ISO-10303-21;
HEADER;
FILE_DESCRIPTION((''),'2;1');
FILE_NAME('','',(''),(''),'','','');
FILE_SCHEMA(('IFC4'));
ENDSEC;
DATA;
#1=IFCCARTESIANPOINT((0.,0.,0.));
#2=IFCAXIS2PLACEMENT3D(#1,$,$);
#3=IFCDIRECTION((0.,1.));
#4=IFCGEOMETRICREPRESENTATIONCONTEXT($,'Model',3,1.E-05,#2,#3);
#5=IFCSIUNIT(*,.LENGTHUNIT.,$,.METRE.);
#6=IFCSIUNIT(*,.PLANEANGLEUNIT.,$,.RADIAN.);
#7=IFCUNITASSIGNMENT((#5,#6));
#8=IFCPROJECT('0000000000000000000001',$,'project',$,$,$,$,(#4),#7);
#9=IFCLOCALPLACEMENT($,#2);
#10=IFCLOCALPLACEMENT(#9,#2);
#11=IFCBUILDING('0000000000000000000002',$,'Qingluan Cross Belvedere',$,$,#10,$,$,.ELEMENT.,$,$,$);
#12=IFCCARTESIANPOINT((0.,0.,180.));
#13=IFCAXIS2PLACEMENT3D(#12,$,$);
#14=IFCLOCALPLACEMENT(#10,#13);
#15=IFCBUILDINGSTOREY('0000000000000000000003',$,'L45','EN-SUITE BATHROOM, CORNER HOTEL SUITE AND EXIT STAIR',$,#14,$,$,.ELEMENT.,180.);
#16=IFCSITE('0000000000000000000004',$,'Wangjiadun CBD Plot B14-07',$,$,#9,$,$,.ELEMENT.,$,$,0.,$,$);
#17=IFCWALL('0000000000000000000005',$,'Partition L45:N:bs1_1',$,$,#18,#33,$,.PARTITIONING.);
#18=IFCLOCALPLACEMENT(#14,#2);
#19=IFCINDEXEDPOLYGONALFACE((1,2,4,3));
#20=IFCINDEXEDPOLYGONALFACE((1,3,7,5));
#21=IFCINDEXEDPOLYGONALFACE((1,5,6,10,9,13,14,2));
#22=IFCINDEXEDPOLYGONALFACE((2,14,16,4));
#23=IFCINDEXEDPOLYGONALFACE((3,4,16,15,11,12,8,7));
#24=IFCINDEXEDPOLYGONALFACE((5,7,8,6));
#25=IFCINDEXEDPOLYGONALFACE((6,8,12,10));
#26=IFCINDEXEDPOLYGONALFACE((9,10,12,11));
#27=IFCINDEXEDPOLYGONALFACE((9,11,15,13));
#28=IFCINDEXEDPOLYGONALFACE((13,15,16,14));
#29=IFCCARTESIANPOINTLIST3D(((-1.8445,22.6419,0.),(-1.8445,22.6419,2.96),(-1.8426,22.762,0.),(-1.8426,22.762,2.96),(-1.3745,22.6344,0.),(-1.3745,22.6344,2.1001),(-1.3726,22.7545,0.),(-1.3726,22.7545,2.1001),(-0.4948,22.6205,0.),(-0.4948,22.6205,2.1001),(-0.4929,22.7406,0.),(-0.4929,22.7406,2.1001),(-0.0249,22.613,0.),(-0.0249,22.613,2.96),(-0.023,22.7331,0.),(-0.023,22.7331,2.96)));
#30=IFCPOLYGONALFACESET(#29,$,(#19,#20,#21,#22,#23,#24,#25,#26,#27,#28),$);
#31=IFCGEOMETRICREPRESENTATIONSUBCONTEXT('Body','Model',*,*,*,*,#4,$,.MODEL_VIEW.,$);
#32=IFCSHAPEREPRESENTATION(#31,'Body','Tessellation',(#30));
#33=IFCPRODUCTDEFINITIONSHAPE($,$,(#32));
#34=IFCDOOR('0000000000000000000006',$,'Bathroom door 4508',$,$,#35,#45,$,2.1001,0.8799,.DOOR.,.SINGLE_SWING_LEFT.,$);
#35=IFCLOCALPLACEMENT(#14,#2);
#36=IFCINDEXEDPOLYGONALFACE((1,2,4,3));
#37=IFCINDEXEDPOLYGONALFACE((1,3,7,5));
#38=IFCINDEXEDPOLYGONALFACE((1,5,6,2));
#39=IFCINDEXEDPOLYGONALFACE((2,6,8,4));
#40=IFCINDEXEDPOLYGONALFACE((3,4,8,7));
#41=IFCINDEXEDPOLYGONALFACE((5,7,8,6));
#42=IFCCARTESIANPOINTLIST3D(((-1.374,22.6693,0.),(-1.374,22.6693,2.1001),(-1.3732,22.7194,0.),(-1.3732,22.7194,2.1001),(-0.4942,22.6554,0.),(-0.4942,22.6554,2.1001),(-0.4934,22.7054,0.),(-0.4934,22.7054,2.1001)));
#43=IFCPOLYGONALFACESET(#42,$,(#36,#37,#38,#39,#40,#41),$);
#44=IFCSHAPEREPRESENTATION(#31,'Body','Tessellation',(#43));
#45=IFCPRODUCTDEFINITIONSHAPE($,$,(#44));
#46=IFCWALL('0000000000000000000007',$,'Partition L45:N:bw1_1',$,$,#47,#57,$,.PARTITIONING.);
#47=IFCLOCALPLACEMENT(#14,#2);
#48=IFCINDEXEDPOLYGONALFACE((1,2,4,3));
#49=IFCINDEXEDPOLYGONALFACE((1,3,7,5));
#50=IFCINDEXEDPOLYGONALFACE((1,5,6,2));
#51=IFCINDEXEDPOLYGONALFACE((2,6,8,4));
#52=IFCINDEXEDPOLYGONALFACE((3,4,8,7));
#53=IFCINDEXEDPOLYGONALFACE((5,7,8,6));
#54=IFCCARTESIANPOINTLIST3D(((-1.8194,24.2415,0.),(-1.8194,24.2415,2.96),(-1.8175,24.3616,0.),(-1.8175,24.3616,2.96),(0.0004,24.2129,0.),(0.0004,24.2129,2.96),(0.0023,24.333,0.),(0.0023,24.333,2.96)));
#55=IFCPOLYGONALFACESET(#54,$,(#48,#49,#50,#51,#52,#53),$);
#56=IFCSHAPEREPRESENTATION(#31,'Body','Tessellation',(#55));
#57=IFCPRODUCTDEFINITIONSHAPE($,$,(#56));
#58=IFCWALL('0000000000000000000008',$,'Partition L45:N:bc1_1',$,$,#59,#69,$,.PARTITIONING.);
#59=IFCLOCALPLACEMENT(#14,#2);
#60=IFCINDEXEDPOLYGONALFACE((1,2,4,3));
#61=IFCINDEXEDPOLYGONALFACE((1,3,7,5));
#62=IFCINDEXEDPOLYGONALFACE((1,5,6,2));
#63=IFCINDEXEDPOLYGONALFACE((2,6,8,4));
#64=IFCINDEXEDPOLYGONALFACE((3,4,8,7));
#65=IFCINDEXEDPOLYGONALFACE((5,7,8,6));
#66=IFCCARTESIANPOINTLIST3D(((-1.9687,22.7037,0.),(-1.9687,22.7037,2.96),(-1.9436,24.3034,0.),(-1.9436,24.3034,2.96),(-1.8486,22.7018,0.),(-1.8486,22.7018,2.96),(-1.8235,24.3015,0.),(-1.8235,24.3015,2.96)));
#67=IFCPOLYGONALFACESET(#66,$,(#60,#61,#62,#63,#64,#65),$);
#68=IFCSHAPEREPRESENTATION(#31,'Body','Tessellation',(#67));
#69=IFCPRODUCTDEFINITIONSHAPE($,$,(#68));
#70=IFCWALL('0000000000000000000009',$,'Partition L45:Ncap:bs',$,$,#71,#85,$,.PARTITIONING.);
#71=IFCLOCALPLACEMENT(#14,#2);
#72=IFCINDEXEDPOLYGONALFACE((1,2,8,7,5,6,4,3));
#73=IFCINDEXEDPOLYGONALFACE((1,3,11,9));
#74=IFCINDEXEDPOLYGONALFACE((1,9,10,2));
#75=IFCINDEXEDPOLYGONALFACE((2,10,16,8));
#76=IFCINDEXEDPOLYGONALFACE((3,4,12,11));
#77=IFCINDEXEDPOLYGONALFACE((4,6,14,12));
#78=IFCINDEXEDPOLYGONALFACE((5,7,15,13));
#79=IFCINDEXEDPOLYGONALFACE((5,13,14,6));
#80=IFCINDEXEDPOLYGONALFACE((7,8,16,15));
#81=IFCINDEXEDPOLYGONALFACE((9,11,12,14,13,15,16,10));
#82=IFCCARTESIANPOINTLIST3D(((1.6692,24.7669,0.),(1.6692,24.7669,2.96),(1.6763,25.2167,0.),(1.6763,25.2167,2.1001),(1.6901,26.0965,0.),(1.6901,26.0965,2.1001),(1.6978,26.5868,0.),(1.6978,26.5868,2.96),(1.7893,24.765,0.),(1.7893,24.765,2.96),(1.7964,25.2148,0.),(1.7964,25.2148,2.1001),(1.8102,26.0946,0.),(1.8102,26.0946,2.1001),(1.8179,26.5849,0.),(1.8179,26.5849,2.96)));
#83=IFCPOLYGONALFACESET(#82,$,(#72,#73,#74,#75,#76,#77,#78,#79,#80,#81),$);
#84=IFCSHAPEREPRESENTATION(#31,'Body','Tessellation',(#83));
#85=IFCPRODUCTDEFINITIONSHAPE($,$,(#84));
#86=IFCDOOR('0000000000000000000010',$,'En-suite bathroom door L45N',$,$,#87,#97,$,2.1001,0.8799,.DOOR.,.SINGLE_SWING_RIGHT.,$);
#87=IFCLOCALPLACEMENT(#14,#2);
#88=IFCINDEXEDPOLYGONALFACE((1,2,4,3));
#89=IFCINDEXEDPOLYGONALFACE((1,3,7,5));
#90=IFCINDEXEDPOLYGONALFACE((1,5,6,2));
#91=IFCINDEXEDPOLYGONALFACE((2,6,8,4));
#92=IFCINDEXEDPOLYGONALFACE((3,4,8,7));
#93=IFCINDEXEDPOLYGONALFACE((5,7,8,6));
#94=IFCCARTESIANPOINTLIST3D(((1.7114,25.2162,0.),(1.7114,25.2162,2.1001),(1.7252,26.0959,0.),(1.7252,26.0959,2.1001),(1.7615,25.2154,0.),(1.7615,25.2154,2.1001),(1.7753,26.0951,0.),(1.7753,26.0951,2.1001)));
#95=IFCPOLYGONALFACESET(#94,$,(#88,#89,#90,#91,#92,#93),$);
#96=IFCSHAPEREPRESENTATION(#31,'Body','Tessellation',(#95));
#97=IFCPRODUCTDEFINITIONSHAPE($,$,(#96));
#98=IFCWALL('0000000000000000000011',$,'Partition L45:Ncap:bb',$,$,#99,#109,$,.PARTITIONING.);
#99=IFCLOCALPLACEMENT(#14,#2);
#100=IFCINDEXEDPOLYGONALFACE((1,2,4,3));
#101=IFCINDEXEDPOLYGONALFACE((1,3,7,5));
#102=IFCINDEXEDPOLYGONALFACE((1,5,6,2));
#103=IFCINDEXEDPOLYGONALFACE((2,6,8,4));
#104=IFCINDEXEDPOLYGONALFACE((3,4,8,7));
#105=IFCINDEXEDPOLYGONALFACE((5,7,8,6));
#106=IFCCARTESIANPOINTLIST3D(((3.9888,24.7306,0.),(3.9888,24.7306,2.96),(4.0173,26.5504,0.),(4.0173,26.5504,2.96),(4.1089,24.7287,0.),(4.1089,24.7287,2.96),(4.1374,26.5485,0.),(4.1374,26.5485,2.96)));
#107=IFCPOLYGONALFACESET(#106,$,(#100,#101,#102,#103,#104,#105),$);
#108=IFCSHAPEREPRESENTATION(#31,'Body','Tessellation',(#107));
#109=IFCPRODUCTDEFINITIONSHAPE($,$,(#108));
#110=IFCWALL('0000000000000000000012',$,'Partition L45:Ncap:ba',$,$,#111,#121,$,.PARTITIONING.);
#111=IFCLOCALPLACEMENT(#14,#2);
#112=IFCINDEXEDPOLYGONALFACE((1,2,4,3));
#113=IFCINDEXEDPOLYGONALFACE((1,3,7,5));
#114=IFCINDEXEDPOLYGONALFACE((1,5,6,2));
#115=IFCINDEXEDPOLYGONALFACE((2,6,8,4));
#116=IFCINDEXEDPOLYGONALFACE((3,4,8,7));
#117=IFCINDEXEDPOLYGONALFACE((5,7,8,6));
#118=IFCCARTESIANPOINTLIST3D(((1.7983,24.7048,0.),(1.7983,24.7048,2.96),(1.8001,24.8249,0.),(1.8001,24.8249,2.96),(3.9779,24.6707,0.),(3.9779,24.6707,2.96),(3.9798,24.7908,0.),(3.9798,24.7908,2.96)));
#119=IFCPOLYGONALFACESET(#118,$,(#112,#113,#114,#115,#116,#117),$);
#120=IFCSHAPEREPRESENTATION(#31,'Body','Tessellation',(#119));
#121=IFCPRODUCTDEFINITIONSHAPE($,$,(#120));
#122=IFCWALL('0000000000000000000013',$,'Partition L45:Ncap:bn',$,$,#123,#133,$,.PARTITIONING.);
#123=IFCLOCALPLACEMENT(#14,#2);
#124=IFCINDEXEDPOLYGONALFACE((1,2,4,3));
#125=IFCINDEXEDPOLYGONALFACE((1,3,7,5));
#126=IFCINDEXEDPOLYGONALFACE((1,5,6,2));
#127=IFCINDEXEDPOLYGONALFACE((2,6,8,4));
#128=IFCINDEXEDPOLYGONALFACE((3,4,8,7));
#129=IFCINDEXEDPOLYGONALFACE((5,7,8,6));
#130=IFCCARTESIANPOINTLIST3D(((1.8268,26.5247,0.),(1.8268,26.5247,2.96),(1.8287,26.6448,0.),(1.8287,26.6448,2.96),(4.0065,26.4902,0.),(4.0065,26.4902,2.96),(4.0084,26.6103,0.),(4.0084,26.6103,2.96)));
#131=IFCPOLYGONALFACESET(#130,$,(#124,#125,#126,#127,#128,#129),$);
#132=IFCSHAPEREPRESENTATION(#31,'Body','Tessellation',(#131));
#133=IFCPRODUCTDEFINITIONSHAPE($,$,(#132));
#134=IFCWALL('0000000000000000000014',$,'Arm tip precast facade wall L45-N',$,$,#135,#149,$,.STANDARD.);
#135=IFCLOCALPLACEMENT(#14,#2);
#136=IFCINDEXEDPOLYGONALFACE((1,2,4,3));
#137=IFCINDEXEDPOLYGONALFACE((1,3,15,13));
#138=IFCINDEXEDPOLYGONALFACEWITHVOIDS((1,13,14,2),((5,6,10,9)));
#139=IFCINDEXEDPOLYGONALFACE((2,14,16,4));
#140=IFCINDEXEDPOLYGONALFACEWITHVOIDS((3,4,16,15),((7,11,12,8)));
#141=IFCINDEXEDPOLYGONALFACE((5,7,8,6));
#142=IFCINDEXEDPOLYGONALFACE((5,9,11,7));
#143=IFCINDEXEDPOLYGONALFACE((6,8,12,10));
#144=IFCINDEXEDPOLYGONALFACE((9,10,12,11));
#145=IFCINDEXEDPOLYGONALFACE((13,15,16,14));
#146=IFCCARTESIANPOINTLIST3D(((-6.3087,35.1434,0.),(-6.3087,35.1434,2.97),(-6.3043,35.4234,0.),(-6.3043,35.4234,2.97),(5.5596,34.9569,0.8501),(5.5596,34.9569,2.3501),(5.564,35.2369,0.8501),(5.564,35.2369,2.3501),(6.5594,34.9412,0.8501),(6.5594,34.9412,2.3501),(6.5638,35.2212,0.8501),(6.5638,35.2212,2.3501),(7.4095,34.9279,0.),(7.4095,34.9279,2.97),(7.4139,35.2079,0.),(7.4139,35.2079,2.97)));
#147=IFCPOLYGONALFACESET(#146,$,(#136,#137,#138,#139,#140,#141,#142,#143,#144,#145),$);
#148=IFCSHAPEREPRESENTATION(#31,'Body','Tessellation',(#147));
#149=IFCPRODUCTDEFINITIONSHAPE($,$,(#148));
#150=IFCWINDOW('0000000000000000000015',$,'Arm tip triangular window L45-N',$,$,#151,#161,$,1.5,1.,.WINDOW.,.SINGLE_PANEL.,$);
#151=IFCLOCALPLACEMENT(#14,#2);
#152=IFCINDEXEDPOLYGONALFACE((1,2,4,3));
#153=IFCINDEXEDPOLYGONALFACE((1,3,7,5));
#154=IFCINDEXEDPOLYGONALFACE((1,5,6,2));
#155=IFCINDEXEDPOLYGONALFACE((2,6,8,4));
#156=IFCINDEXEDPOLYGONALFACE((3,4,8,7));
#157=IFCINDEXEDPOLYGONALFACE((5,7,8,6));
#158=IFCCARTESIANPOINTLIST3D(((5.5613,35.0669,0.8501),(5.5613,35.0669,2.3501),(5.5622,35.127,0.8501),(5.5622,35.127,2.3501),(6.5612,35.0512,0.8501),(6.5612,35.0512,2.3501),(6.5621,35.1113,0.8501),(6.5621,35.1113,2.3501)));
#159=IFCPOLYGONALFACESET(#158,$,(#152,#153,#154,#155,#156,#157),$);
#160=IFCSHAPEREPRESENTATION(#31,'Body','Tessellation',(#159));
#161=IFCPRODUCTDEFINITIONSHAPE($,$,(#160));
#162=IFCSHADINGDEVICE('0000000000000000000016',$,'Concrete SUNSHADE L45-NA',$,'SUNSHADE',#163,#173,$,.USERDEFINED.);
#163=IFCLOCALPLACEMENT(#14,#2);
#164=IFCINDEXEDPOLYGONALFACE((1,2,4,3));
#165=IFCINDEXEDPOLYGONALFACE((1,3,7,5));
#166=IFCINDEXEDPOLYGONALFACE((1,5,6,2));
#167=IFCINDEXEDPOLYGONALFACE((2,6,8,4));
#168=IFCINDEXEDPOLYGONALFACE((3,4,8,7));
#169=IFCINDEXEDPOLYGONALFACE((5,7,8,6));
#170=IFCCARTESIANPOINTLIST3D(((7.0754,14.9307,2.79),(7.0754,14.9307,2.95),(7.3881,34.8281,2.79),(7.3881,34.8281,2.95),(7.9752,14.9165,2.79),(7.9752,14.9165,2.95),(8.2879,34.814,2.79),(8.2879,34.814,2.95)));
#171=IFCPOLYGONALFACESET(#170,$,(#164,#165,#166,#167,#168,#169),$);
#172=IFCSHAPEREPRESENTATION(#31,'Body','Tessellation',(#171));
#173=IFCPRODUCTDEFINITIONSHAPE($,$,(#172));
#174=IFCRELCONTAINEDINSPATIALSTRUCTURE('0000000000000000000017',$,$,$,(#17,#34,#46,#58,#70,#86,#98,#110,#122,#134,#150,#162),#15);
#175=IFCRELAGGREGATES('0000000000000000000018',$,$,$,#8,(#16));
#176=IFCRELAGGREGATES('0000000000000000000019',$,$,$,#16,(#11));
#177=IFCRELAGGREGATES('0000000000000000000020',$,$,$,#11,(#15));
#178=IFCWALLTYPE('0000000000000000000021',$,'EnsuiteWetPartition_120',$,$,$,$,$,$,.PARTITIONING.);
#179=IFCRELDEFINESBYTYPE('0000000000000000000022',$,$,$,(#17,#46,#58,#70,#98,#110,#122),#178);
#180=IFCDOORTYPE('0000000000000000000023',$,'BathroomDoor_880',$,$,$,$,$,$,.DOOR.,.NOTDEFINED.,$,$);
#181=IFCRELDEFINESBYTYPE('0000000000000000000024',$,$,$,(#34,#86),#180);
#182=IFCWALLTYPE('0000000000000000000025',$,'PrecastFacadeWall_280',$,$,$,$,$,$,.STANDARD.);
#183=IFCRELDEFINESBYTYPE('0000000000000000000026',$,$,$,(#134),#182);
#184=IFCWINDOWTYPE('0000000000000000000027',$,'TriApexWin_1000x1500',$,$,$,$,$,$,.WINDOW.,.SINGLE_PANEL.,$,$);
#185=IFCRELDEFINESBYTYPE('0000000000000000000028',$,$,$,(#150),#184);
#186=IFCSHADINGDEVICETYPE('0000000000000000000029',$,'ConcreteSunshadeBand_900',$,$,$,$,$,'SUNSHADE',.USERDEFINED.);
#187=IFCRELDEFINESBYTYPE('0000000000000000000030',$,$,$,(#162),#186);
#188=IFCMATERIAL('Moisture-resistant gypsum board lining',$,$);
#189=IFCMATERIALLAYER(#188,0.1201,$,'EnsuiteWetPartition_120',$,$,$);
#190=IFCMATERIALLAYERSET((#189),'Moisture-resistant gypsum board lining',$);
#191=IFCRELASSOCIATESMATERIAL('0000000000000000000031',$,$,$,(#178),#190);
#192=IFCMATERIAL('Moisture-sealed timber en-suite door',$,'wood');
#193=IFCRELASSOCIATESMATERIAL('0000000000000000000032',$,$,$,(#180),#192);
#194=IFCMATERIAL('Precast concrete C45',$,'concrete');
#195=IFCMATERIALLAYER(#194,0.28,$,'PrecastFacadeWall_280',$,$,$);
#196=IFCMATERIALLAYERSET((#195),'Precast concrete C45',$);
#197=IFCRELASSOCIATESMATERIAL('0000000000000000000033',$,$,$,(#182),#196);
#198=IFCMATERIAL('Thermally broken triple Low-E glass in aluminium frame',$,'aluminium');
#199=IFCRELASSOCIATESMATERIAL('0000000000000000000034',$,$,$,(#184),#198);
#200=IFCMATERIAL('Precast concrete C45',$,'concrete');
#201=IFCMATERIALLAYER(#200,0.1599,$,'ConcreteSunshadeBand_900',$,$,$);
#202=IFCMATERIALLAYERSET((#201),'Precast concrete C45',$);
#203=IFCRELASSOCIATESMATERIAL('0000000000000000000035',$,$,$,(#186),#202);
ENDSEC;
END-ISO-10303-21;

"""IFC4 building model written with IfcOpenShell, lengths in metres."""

from ifc_helpers import new_model, si_unit, direction, frame, frame_2d, origin, origin_2d, place, context, subcontext, project, spatial, rectangle, extrude, material, layer, layer_set, type_object, element, fill, save


model = new_model("IFC4")

# Units and contexts
model_context = context("Model", 3, precision=1e-05, world=origin(), true_north=direction((0.0, 1.0)))
body_context = subcontext(model_context, "Body", "Model", "MODEL_VIEW")
ifc_project = project(units=[si_unit("LENGTHUNIT", "METRE"), si_unit("PLANEANGLEUNIT", "RADIAN")], contexts=[model_context])

# Site, building, storey
site_placement = place(None, origin())
site = spatial("IfcSite", under=ifc_project, at=site_placement, Name="Wangjiadun CBD Plot B14-07", CompositionType="ELEMENT", RefElevation=0.0)
building_placement = place(site_placement, origin())
building = spatial("IfcBuilding", under=site, at=building_placement, Name="Qingluan Cross Belvedere", CompositionType="ELEMENT")
storey_placement = place(building_placement, frame((0.0, 0.0, 180.0)))
storey = spatial("IfcBuildingStorey", under=building, at=storey_placement, Name="L45", Description="EN-SUITE BATHROOM, CORNER HOTEL SUITE AND EXIT STAIR", CompositionType="ELEMENT", Elevation=180.0)

# Shared definitions
ifc_material_1 = material(Name="Moisture-resistant gypsum board lining")
ifc_layer_1 = layer(ifc_material_1, 0.1201, Name="EnsuiteWetPartition_120")
ifc_layer_set_1 = layer_set([ifc_layer_1], Name="Moisture-resistant gypsum board lining")
wall_type_1 = type_object("IfcWallType", Name="EnsuiteWetPartition_120", PredefinedType="PARTITIONING", material=ifc_layer_set_1)
ifc_material_2 = material(Name="Moisture-sealed timber en-suite door", Category="wood")
door_type = type_object("IfcDoorType", Name="BathroomDoor_880", OperationType="NOTDEFINED", PredefinedType="DOOR", material=ifc_material_2)

# Wall, opening, door
wall_1_placement = place(storey_placement, frame((-1.8435, 22.7019, 0.0), z_axis=(0.0, 0.0, 1.0), x_axis=(0.999875, -0.015831, 0.0)))
wall_1 = element("IfcWall", 1, at=wall_1_placement, inside=storey, type_object=wall_type_1, Name="Partition L45:N:bs1_1", PredefinedType="PARTITIONING", context=body_context, shape_type="SweptSolid", body=[
    extrude(rectangle(XDim=1.8198, YDim=0.1201, at=frame_2d((0.9099, 0.0))), origin(), (0.0, 0.0, 1.0), 2.96),
])
opening_1_placement = place(wall_1_placement, frame((0.47, 0.0, 0.0)))
opening_1 = element("IfcOpeningElement", 2, at=opening_1_placement, cuts=wall_1, PredefinedType="OPENING", context=body_context, shape_type="SweptSolid", body=[
    extrude(rectangle(XDim=0.8799, YDim=2.1001, at=frame_2d((0.4399, 1.05))), frame((0.0, 0.0701, 0.0), z_axis=(0.0, -1.0, 0.0), x_axis=(1.0, 0.0, 0.0)), (0.0, 0.0, 1.0), 0.1401),
])
door_1_placement = place(opening_1_placement, origin())
door_1 = element("IfcDoor", 3, at=door_1_placement, inside=storey, type_object=door_type, Name="Bathroom door 4508", OperationType="SINGLE_SWING_LEFT", OverallHeight=2.1001, OverallWidth=0.8799, PredefinedType="DOOR", context=body_context, shape_type="SweptSolid", body=[
    extrude(rectangle(XDim=0.8799, YDim=2.1001, at=frame_2d((0.4399, 1.05))), frame((0.0, 0.0249, 0.0), z_axis=(0.0, -1.0, 0.0), x_axis=(1.0, 0.0, 0.0)), (0.0, 0.0, 1.0), 0.05),
])
fill(opening_1, door_1)

# Walls
wall_2_placement = place(storey_placement, frame((-1.8186, 24.3015, 0.0), z_axis=(0.0, 0.0, 1.0), x_axis=(0.999877, -0.015694, 0.0)))
element("IfcWall", 4, at=wall_2_placement, inside=storey, type_object=wall_type_1, Name="Partition L45:N:bw1_1", PredefinedType="PARTITIONING", context=body_context, shape_type="SweptSolid", body=[
    extrude(rectangle(XDim=1.8201, YDim=0.1201, at=frame_2d((0.9102, 0.0))), origin(), (0.0, 0.0, 1.0), 2.96),
])
wall_3_placement = place(storey_placement, frame((-1.9087, 22.7029, 0.0), z_axis=(0.0, 0.0, 1.0), x_axis=(0.015718, 0.999876, 0.0)))
element("IfcWall", 5, at=wall_3_placement, inside=storey, type_object=wall_type_1, Name="Partition L45:N:bc1_1", PredefinedType="PARTITIONING", context=body_context, shape_type="SweptSolid", body=[
    extrude(rectangle(XDim=1.5999, YDim=0.1201, at=frame_2d((0.7998, 0.0))), origin(), (0.0, 0.0, 1.0), 2.96),
])

# Wall, opening, door
wall_4_placement = place(storey_placement, frame((1.7292, 24.7659, 0.0), z_axis=(0.0, 0.0, 1.0), x_axis=(0.015694, 0.999877, 0.0)))
wall_4 = element("IfcWall", 6, at=wall_4_placement, inside=storey, type_object=wall_type_1, Name="Partition L45:Ncap:bs", PredefinedType="PARTITIONING", context=body_context, shape_type="SweptSolid", body=[
    extrude(rectangle(XDim=1.8201, YDim=0.1201, at=frame_2d((0.9102, 0.0))), origin(), (0.0, 0.0, 1.0), 2.96),
])
opening_2_placement = place(wall_4_placement, frame((0.45, 0.0, 0.0)))
opening_2 = element("IfcOpeningElement", 7, at=opening_2_placement, cuts=wall_4, PredefinedType="OPENING", context=body_context, shape_type="SweptSolid", body=[
    extrude(rectangle(XDim=0.8799, YDim=2.1001, at=frame_2d((0.4399, 1.05))), frame((0.0, 0.0701, 0.0), z_axis=(0.0, -1.0, 0.0), x_axis=(1.0, 0.0, 0.0)), (0.0, 0.0, 1.0), 0.1401),
])
door_2_placement = place(opening_2_placement, origin())
door_2 = element("IfcDoor", 8, at=door_2_placement, inside=storey, type_object=door_type, Name="En-suite bathroom door L45N", OperationType="SINGLE_SWING_RIGHT", OverallHeight=2.1001, OverallWidth=0.8799, PredefinedType="DOOR", context=body_context, shape_type="SweptSolid", body=[
    extrude(rectangle(XDim=0.8799, YDim=2.1001, at=frame_2d((0.4399, 1.05))), frame((0.0, 0.0249, 0.0), z_axis=(0.0, -1.0, 0.0), x_axis=(1.0, 0.0, 0.0)), (0.0, 0.0, 1.0), 0.05),
])
fill(opening_2, door_2)

# Walls
wall_5_placement = place(storey_placement, frame((4.0488, 24.7295, 0.0), z_axis=(0.0, 0.0, 1.0), x_axis=(0.015694, 0.999877, 0.0)))
element("IfcWall", 9, at=wall_5_placement, inside=storey, type_object=wall_type_1, Name="Partition L45:Ncap:bb", PredefinedType="PARTITIONING", context=body_context, shape_type="SweptSolid", body=[
    extrude(rectangle(XDim=1.8201, YDim=0.1201, at=frame_2d((0.9102, 0.0))), origin(), (0.0, 0.0, 1.0), 2.96),
])
for number, where, z_axis, x_axis, name in (
    (10, (1.7993, 24.7649, 0.0), (0.0, 0.0, 1.0), (0.999877, -0.015679, 0.0), "Partition L45:Ncap:ba"),
    (11, (1.8279, 26.5847, 0.0), (0.0, 0.0, 1.0), (0.999875, -0.015791, 0.0), "Partition L45:Ncap:bn"),
):
    element("IfcWall", number, at=place(storey_placement, frame(where, z_axis=z_axis, x_axis=x_axis)), inside=storey, type_object=wall_type_1, Name=name, PredefinedType="PARTITIONING", context=body_context, shape_type="SweptSolid", body=[
        extrude(rectangle(XDim=2.1799, YDim=0.1201, at=frame_2d((1.0898, 0.0))), origin(), (0.0, 0.0, 1.0), 2.96),
    ])

# Wall, opening, window
ifc_material_3 = material(Name="Precast concrete C45", Category="concrete")
ifc_layer_2 = layer(ifc_material_3, 0.28, Name="PrecastFacadeWall_280")
ifc_layer_set_2 = layer_set([ifc_layer_2], Name="Precast concrete C45")
wall_type_2 = type_object("IfcWallType", Name="PrecastFacadeWall_280", PredefinedType="STANDARD", material=ifc_layer_set_2)
wall_6_placement = place(storey_placement, frame((7.4116, 35.0679, 0.0), z_axis=(0.0, 0.0, 1.0), x_axis=(-0.999877, 0.015713, 0.0)))
wall_6 = element("IfcWall", 12, at=wall_6_placement, inside=storey, type_object=wall_type_2, Name="Arm tip precast facade wall L45-N", PredefinedType="STANDARD", context=body_context, shape_type="SweptSolid", body=[
    extrude(rectangle(XDim=13.72, YDim=0.28, at=frame_2d((6.8599, 0.0))), origin(), (0.0, 0.0, 1.0), 2.97),
])
opening_3_placement = place(wall_6_placement, frame((0.8501, 0.0, 0.8501)))
opening_3 = element("IfcOpeningElement", 13, at=opening_3_placement, cuts=wall_6, PredefinedType="OPENING", context=body_context, shape_type="SweptSolid", body=[
    extrude(rectangle(XDim=1.0, YDim=1.5, at=frame_2d((0.5, 0.75))), frame((0.0, 0.1499, 0.0), z_axis=(0.0, -1.0, 0.0), x_axis=(1.0, 0.0, 0.0)), (0.0, 0.0, 1.0), 0.3),
])
ifc_material_4 = material(Name="Thermally broken triple Low-E glass in aluminium frame", Category="aluminium")
window_type = type_object("IfcWindowType", Name="TriApexWin_1000x1500", PartitioningType="SINGLE_PANEL", PredefinedType="WINDOW", material=ifc_material_4)
window_placement = place(opening_3_placement, origin())
window = element("IfcWindow", 14, at=window_placement, inside=storey, type_object=window_type, Name="Arm tip triangular window L45-N", OverallHeight=1.5, OverallWidth=1.0, PartitioningType="SINGLE_PANEL", PredefinedType="WINDOW", context=body_context, shape_type="SweptSolid", body=[
    extrude(rectangle(XDim=1.0, YDim=1.5, at=frame_2d((0.5, 0.75))), frame((0.0, 0.03, 0.0), z_axis=(0.0, -1.0, 0.0), x_axis=(1.0, 0.0, 0.0)), (0.0, 0.0, 1.0), 0.0601),
])
fill(opening_3, window)

# Shading device
ifc_material_5 = material(Name="Precast concrete C45", Category="concrete")
ifc_layer_3 = layer(ifc_material_5, 0.1599, Name="ConcreteSunshadeBand_900")
ifc_layer_set_3 = layer_set([ifc_layer_3], Name="Precast concrete C45")
shading_device_type = type_object("IfcShadingDeviceType", Name="ConcreteSunshadeBand_900", ElementType="SUNSHADE", PredefinedType="USERDEFINED", material=ifc_layer_set_3)
shading_device_placement = place(storey_placement, frame((7.6816, 24.8723, 2.79), z_axis=(0.0, 0.0, 1.0), x_axis=(0.015711, 0.999877, 0.0)))
element("IfcShadingDevice", 15, at=shading_device_placement, inside=storey, type_object=shading_device_type, Name="Concrete SUNSHADE L45-NA", ObjectType="SUNSHADE", PredefinedType="USERDEFINED", context=body_context, shape_type="SweptSolid", body=[
    extrude(rectangle(XDim=19.8999, YDim=0.8999, at=origin_2d()), origin(), (0.0, 0.0, 1.0), 0.1599),
])

save(model, "model.ifc")
